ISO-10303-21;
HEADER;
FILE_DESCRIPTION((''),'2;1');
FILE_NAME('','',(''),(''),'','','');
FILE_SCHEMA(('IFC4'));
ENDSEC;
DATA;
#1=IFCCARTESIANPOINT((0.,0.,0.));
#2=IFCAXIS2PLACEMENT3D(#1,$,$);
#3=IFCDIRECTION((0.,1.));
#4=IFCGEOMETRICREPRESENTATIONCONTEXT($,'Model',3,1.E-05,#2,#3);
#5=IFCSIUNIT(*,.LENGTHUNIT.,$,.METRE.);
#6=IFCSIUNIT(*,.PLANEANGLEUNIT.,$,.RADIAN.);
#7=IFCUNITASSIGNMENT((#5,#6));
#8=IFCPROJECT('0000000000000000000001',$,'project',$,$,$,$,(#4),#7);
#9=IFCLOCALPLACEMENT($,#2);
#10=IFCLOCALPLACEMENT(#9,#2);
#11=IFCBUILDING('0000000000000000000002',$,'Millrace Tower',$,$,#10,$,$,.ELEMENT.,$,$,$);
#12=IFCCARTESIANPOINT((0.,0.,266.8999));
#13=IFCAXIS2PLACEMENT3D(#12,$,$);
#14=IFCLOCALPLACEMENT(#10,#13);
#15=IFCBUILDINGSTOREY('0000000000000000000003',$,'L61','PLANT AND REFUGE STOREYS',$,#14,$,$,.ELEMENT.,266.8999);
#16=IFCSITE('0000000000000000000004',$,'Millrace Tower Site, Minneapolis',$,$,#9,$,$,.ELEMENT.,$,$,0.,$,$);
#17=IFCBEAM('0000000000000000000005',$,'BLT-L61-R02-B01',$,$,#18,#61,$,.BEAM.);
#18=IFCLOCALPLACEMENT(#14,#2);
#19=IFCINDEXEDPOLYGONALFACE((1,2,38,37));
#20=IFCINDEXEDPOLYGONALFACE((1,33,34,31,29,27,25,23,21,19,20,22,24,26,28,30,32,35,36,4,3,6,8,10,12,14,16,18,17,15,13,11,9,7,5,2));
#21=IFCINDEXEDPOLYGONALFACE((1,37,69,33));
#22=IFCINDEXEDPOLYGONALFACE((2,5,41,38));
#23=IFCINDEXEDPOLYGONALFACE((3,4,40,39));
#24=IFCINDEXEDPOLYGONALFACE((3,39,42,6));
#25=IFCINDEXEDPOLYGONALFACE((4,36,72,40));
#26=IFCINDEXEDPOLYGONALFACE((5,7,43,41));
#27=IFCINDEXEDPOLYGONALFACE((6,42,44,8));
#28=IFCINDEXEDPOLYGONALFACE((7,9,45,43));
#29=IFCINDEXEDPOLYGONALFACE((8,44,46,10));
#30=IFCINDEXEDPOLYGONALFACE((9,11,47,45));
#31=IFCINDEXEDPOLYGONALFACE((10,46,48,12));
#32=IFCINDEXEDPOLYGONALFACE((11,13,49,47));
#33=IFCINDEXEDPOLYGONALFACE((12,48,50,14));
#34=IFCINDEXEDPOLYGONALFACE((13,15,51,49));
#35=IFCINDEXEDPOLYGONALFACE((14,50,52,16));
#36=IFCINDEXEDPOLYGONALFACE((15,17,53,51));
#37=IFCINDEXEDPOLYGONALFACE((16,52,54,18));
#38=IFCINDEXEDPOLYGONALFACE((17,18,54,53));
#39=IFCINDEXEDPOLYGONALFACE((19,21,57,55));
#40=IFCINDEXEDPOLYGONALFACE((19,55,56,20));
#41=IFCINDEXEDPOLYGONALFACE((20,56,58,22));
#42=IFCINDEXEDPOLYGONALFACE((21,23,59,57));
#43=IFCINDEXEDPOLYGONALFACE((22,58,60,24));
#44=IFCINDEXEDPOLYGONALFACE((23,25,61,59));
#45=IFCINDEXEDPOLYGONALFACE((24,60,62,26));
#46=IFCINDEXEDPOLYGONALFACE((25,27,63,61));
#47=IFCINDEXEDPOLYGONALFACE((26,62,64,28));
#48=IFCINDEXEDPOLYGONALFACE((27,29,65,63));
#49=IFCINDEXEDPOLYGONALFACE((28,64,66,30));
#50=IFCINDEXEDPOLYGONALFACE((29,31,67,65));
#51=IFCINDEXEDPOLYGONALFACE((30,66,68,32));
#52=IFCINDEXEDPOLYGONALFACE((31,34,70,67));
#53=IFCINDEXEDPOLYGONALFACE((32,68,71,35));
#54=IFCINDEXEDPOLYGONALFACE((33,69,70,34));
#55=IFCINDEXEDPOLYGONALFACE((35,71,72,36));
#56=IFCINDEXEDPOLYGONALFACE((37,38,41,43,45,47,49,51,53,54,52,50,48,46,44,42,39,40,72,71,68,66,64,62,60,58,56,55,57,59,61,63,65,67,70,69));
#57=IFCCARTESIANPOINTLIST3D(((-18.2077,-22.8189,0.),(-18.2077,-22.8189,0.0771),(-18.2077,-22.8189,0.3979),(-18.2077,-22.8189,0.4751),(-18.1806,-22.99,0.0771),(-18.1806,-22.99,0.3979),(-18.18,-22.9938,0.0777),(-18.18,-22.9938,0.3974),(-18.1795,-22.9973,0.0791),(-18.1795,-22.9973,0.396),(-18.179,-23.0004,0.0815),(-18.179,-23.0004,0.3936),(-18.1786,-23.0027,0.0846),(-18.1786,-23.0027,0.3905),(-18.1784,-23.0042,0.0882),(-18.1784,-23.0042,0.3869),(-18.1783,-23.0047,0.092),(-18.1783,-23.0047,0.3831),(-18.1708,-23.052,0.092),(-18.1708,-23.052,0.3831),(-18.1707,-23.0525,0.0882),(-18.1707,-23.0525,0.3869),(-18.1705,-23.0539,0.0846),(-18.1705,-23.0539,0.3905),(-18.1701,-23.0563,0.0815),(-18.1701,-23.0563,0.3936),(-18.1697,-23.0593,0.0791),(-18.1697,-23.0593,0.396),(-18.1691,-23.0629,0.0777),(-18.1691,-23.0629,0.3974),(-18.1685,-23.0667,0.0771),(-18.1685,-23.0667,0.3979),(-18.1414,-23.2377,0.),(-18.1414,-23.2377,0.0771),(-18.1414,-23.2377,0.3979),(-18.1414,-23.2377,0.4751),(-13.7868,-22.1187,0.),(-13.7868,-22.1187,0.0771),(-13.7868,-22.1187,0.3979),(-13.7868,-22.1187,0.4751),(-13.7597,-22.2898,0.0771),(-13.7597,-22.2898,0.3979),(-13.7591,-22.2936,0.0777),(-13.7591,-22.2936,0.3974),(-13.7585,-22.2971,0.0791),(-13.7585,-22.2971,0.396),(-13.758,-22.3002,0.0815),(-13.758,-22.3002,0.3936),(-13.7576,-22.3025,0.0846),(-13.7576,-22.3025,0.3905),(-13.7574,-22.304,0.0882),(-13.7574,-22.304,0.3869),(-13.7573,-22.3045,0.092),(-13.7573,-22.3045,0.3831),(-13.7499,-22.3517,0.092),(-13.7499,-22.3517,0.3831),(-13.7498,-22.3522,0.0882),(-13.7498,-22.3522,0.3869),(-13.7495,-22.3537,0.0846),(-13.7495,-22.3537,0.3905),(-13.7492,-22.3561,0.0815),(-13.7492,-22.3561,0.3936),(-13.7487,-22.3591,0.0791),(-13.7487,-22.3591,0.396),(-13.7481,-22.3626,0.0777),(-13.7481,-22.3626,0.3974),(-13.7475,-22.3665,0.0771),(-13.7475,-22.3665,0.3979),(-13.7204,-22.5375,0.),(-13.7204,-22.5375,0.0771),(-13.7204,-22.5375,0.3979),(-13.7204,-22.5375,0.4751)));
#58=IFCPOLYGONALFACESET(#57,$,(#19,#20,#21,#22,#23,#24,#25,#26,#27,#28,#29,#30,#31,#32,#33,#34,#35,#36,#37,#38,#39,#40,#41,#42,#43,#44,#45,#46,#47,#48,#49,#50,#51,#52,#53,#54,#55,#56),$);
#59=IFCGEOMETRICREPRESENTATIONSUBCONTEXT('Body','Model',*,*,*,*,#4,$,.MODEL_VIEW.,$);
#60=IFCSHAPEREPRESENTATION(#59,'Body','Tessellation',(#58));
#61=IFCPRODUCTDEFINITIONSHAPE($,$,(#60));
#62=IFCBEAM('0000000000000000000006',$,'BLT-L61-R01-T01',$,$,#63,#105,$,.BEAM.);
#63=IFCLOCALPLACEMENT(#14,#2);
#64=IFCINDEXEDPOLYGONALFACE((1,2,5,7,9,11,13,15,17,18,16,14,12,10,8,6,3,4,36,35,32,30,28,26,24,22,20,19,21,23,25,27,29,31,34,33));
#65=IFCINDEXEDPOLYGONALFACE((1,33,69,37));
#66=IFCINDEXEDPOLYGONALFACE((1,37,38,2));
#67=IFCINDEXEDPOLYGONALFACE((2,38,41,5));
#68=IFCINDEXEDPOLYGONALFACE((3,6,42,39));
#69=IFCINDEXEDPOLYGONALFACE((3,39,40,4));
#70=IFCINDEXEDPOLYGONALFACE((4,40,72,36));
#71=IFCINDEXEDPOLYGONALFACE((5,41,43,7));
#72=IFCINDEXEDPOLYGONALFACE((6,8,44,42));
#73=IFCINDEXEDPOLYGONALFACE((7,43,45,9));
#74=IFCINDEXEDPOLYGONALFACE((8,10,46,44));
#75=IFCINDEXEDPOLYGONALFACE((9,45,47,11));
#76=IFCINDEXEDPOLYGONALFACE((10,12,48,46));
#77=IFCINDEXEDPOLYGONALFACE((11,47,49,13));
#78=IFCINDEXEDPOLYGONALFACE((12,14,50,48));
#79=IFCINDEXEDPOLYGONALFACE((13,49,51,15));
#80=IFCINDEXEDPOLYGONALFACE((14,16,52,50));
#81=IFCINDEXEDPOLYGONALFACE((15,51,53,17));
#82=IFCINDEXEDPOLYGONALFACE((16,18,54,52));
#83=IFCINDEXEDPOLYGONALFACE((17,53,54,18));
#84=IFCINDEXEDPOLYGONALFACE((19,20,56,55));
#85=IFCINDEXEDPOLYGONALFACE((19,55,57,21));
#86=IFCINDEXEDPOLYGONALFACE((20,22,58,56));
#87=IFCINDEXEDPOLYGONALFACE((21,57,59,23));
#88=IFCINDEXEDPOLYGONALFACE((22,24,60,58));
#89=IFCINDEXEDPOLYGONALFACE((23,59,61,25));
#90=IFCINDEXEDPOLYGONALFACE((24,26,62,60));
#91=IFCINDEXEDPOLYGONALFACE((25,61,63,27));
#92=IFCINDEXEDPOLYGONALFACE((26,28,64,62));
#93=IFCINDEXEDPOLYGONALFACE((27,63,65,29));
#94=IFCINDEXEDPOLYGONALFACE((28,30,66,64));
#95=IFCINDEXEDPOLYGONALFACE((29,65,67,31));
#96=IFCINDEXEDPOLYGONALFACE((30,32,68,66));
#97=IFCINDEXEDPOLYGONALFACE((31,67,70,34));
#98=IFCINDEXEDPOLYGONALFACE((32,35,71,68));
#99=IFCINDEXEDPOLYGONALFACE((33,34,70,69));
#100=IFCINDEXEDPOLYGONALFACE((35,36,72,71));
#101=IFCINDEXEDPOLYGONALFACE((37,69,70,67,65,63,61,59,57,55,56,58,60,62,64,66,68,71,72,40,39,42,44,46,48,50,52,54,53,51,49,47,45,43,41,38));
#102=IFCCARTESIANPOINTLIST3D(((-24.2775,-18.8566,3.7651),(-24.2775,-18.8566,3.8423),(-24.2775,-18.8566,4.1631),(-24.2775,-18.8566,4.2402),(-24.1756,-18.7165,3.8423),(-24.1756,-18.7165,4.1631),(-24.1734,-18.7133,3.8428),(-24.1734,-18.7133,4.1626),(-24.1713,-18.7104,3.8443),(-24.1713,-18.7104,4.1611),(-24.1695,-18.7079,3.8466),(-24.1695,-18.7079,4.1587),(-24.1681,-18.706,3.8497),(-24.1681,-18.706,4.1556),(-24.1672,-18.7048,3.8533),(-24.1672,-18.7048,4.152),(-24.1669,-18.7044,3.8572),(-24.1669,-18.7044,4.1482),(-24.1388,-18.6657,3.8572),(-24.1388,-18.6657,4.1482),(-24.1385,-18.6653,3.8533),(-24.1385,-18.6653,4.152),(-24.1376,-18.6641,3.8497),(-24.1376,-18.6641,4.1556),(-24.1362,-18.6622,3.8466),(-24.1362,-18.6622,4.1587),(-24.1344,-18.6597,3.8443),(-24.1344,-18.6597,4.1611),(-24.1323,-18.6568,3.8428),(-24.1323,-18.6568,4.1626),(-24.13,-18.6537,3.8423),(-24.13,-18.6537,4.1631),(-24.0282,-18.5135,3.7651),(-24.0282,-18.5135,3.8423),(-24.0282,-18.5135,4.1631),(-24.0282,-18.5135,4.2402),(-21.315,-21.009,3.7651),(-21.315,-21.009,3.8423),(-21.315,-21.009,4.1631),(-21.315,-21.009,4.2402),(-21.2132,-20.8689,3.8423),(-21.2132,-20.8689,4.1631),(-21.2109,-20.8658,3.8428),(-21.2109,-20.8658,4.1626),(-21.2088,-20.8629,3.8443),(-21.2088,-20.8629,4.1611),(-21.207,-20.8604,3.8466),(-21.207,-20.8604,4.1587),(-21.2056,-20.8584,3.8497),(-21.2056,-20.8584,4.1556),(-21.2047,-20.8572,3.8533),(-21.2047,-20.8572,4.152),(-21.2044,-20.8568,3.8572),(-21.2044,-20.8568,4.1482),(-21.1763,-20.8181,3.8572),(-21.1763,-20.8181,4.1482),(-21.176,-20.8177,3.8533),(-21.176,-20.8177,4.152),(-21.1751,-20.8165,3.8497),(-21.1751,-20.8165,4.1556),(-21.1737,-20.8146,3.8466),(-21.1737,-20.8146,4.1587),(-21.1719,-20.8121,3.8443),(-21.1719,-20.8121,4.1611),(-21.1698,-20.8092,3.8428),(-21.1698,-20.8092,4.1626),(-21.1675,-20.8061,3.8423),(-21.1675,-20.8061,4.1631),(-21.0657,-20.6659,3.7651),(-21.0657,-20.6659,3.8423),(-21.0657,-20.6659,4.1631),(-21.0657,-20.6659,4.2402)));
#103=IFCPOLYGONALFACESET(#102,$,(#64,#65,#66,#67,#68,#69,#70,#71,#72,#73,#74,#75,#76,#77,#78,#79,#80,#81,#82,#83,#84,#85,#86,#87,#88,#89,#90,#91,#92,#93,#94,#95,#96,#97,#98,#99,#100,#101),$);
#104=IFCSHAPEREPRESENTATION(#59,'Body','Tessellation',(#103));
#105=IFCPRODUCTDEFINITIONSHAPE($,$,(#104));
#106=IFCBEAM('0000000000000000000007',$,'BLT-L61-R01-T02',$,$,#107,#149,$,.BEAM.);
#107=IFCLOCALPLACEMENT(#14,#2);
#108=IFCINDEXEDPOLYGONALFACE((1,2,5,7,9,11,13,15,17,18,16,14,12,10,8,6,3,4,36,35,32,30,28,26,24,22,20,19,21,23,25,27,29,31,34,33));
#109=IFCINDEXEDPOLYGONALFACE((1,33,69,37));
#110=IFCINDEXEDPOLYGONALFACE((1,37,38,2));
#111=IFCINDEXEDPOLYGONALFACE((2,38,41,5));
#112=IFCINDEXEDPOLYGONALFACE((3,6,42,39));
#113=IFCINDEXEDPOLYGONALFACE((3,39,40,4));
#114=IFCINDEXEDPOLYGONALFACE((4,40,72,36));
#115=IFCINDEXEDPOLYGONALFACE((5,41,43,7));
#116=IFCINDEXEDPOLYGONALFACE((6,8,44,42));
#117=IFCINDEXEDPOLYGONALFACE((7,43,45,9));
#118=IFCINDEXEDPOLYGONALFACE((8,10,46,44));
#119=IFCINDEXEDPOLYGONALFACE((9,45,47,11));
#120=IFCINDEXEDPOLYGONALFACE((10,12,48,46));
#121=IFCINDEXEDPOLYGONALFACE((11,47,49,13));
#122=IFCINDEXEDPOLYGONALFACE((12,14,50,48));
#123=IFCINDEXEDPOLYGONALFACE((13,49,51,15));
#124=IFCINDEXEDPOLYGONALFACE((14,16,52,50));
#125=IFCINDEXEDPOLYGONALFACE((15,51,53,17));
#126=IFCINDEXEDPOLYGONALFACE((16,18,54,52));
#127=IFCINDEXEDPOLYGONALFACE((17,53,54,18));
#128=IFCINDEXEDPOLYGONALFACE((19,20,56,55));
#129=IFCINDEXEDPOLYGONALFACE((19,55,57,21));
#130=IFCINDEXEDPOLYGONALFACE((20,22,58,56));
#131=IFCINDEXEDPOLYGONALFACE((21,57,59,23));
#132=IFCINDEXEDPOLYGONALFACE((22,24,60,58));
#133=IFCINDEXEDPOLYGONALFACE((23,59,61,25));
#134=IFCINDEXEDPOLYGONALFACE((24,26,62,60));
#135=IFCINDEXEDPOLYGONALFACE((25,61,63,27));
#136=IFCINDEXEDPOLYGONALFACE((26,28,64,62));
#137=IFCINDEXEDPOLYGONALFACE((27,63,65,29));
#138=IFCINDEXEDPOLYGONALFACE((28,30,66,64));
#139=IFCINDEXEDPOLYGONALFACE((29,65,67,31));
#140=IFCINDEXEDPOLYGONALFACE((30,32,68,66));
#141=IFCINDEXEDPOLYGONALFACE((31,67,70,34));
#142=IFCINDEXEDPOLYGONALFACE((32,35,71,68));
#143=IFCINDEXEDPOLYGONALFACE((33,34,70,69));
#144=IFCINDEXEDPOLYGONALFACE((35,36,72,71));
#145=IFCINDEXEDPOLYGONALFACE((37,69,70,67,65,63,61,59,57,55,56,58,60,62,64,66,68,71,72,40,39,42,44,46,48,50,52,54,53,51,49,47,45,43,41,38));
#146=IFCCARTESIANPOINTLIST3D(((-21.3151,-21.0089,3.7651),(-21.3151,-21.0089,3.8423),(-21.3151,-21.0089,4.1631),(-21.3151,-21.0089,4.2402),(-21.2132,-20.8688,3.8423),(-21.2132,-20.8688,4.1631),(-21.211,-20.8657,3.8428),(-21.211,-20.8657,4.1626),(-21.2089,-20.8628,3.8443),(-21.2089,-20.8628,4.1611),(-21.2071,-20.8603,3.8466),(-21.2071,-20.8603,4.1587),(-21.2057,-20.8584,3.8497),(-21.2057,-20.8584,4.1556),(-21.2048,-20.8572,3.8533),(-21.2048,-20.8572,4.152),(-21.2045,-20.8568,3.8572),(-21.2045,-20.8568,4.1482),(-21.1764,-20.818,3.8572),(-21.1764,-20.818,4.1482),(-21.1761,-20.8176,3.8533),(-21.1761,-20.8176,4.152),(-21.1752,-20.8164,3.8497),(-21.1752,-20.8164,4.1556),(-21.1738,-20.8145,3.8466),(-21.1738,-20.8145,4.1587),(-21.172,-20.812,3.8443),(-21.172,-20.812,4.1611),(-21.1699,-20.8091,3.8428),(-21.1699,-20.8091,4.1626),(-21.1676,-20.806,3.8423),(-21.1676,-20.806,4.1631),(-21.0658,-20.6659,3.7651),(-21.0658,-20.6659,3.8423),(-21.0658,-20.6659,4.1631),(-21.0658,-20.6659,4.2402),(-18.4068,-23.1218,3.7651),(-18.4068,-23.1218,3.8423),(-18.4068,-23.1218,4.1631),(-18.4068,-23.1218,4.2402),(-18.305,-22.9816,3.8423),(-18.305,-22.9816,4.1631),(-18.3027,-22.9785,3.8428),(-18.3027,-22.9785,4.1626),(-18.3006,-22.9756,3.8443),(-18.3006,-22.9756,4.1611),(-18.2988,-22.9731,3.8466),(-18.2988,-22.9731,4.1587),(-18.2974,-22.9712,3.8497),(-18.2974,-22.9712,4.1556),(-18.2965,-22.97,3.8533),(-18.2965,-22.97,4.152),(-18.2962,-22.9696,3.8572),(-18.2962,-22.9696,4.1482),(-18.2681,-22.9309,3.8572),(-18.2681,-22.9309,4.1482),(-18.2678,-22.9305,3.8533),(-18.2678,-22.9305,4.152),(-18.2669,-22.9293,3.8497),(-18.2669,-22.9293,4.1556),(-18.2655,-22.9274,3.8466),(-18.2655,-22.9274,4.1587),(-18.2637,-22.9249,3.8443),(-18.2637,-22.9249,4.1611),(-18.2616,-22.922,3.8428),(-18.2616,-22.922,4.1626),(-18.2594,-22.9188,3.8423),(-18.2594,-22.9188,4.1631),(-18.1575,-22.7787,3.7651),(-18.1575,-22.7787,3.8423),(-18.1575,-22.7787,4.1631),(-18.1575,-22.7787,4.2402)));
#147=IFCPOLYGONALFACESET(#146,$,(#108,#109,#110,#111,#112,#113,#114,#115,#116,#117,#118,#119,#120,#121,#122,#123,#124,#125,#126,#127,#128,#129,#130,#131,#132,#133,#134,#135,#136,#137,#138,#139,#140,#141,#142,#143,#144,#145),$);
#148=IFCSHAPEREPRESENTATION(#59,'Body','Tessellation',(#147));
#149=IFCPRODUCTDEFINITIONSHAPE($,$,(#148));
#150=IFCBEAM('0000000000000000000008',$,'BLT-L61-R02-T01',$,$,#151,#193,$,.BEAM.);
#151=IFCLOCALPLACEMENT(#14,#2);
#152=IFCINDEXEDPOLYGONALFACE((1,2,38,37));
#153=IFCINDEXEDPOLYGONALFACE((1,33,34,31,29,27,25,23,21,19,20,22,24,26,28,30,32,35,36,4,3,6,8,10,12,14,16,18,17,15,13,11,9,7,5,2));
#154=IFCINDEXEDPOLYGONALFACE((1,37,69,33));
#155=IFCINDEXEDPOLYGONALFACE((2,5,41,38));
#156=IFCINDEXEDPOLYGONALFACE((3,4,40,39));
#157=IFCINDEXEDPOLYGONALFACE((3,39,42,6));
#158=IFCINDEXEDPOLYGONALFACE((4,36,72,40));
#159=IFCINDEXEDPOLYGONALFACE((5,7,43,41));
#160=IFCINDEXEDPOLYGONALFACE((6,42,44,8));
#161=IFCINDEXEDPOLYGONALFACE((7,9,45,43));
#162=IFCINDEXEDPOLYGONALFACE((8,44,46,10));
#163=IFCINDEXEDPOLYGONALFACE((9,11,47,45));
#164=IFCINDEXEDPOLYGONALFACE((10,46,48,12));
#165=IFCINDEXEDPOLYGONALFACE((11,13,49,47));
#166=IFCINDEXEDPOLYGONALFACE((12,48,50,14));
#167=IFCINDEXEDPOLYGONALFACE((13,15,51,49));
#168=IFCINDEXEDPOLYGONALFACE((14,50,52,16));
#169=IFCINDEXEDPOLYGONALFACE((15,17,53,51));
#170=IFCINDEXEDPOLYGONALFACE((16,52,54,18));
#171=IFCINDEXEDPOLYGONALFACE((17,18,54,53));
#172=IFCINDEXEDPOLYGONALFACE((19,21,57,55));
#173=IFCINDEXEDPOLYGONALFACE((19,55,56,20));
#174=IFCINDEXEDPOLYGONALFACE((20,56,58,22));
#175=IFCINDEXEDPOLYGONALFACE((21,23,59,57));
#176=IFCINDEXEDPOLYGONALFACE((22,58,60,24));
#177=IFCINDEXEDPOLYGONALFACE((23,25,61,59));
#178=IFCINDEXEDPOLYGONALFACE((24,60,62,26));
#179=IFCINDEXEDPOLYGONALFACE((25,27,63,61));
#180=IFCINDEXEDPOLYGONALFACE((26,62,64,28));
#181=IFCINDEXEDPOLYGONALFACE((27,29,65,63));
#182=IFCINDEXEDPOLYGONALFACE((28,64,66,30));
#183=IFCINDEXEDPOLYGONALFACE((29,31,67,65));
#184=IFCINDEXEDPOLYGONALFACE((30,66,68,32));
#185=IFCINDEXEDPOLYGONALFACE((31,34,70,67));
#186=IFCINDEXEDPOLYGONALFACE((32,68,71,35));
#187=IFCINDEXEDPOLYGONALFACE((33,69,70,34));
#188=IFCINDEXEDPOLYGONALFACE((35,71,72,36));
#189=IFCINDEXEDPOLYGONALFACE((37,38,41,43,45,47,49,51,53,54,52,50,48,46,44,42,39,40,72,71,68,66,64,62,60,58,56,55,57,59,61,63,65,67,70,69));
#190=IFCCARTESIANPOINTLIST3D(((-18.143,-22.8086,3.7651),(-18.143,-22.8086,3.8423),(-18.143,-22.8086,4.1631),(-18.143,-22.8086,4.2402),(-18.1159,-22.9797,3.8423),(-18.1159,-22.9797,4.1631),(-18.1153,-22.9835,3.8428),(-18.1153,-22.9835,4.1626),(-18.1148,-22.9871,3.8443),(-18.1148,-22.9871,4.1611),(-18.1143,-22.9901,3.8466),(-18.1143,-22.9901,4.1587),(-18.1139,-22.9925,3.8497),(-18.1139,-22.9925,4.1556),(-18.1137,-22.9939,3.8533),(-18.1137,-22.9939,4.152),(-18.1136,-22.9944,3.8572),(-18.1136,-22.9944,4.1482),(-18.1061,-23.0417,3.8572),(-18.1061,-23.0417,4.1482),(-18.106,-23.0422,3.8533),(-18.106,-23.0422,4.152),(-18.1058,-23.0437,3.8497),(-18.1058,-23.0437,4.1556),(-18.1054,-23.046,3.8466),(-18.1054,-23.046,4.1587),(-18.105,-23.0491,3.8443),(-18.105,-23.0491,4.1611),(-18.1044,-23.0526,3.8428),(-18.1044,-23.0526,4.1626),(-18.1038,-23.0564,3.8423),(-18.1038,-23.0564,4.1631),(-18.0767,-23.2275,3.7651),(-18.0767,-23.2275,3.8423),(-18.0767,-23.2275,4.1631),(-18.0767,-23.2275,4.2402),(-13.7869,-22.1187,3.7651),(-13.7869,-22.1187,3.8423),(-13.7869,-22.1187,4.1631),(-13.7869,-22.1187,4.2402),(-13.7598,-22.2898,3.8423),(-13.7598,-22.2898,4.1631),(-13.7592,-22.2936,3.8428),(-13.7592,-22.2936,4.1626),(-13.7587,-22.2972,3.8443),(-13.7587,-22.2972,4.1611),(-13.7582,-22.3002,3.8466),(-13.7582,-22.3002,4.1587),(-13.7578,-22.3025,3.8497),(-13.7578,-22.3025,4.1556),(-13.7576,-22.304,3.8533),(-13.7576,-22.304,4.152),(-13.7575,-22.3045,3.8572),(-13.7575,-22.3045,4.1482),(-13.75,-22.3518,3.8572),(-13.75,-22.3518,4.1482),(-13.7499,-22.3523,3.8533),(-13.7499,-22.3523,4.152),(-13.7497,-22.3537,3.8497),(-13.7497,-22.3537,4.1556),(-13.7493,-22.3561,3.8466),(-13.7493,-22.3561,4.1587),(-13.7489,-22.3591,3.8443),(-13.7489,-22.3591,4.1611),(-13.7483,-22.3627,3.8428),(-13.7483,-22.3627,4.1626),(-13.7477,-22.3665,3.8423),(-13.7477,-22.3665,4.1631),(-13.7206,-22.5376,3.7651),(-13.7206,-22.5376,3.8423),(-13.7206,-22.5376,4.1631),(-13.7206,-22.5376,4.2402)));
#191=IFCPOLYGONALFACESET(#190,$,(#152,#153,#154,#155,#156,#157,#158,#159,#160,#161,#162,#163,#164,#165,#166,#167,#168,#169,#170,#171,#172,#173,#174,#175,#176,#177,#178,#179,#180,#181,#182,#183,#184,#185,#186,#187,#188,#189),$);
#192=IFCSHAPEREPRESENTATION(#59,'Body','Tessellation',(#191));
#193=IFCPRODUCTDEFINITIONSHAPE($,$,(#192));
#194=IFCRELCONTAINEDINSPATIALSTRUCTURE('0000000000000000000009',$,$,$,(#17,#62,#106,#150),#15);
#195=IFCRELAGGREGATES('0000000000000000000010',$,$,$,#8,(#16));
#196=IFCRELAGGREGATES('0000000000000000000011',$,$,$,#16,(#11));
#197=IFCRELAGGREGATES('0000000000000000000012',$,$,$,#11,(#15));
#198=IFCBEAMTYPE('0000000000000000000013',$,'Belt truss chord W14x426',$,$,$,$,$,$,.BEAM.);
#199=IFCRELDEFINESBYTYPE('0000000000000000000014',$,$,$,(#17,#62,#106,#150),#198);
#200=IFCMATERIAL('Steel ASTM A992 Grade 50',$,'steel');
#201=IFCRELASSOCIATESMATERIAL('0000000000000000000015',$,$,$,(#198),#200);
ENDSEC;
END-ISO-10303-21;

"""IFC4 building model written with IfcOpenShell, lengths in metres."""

from ifc_helpers import new_model, si_unit, direction, frame, origin, origin_2d, place, context, subcontext, project, spatial, i_section, extrude, material, material_profile, profile_set, type_object, element, save


model = new_model("IFC4")

# Units and contexts
model_context = context("Model", 3, precision=1e-05, world=origin(), true_north=direction((0.0, 1.0)))
body_context = subcontext(model_context, "Body", "Model", "MODEL_VIEW")
ifc_project = project(units=[si_unit("LENGTHUNIT", "METRE"), si_unit("PLANEANGLEUNIT", "RADIAN")], contexts=[model_context])

# Site, building, storey
site_placement = place(None, origin())
site = spatial("IfcSite", under=ifc_project, at=site_placement, Name="Millrace Tower Site, Minneapolis", CompositionType="ELEMENT", RefElevation=0.0)
building_placement = place(site_placement, origin())
building = spatial("IfcBuilding", under=site, at=building_placement, Name="Millrace Tower", CompositionType="ELEMENT")
storey_placement = place(building_placement, frame((0.0, 0.0, 266.8999)))
storey = spatial("IfcBuildingStorey", under=building, at=storey_placement, Name="L61", Description="PLANT AND REFUGE STOREYS", CompositionType="ELEMENT", Elevation=266.8999)

# Beams
ifc_material_1 = material(Name="Steel ASTM A992 Grade 50", Category="steel")
ifc_material_profile_1 = material_profile(ifc_material_1, i_section(OverallWidth=0.4241, OverallDepth=0.4751, WebThickness=0.0479, FlangeThickness=0.0771, FilletRadius=0.0149, at=origin_2d()))
ifc_profile_set_1 = profile_set([ifc_material_profile_1], Name="Steel ASTM A992 Grade 50")
beam_type_1 = type_object("IfcBeamType", Name="Belt truss chord W14x426", PredefinedType="BEAM", material=ifc_profile_set_1)
beam_1_placement = place(storey_placement, frame((-18.1746, -23.0283, 0.2375), z_axis=(0.987689, 0.156433, 0.0), x_axis=(-0.156433, 0.987689, 0.0)))
element("IfcBeam", 1, at=beam_1_placement, inside=storey, type_object=beam_type_1, Name="BLT-L61-R02-B01", PredefinedType="BEAM", context=body_context, shape_type="SweptSolid", body=[
    extrude(i_section(OverallWidth=0.4241, OverallDepth=0.4751, WebThickness=0.0479, FlangeThickness=0.0771, FilletRadius=0.0149, at=origin_2d()), origin(), (0.0, 0.0, 1.0), 4.4761),
])
beam_2_placement = place(storey_placement, frame((-24.1528, -18.6851, 4.0027), z_axis=(0.809013, -0.587791, 0.0), x_axis=(0.587791, 0.809013, 0.0)))
element("IfcBeam", 2, at=beam_2_placement, inside=storey, type_object=beam_type_1, Name="BLT-L61-R01-T01", PredefinedType="BEAM", context=body_context, shape_type="SweptSolid", body=[
    extrude(i_section(OverallWidth=0.4241, OverallDepth=0.4751, WebThickness=0.0479, FlangeThickness=0.0771, FilletRadius=0.0149, at=origin_2d()), origin(), (0.0, 0.0, 1.0), 3.6619),
])
beam_3_placement = place(storey_placement, frame((-21.1904, -20.8374, 4.0027), z_axis=(0.809036, -0.58776, 0.0), x_axis=(0.58776, 0.809036, 0.0)))
element("IfcBeam", 3, at=beam_3_placement, inside=storey, type_object=beam_type_1, Name="BLT-L61-R01-T02", PredefinedType="BEAM", context=body_context, shape_type="SweptSolid", body=[
    extrude(i_section(OverallWidth=0.4241, OverallDepth=0.4751, WebThickness=0.0479, FlangeThickness=0.0771, FilletRadius=0.0149, at=origin_2d()), origin(), (0.0, 0.0, 1.0), 3.5947),
])
beam_4_placement = place(storey_placement, frame((-18.1099, -23.0181, 4.0027), z_axis=(0.987689, 0.156432, 0.0), x_axis=(-0.156432, 0.987689, 0.0)))
element("IfcBeam", 4, at=beam_4_placement, inside=storey, type_object=beam_type_1, Name="BLT-L61-R02-T01", PredefinedType="BEAM", context=body_context, shape_type="SweptSolid", body=[
    extrude(i_section(OverallWidth=0.4241, OverallDepth=0.4751, WebThickness=0.0479, FlangeThickness=0.0771, FilletRadius=0.0149, at=origin_2d()), origin(), (0.0, 0.0, 1.0), 4.4104),
])

save(model, "model.ifc")
